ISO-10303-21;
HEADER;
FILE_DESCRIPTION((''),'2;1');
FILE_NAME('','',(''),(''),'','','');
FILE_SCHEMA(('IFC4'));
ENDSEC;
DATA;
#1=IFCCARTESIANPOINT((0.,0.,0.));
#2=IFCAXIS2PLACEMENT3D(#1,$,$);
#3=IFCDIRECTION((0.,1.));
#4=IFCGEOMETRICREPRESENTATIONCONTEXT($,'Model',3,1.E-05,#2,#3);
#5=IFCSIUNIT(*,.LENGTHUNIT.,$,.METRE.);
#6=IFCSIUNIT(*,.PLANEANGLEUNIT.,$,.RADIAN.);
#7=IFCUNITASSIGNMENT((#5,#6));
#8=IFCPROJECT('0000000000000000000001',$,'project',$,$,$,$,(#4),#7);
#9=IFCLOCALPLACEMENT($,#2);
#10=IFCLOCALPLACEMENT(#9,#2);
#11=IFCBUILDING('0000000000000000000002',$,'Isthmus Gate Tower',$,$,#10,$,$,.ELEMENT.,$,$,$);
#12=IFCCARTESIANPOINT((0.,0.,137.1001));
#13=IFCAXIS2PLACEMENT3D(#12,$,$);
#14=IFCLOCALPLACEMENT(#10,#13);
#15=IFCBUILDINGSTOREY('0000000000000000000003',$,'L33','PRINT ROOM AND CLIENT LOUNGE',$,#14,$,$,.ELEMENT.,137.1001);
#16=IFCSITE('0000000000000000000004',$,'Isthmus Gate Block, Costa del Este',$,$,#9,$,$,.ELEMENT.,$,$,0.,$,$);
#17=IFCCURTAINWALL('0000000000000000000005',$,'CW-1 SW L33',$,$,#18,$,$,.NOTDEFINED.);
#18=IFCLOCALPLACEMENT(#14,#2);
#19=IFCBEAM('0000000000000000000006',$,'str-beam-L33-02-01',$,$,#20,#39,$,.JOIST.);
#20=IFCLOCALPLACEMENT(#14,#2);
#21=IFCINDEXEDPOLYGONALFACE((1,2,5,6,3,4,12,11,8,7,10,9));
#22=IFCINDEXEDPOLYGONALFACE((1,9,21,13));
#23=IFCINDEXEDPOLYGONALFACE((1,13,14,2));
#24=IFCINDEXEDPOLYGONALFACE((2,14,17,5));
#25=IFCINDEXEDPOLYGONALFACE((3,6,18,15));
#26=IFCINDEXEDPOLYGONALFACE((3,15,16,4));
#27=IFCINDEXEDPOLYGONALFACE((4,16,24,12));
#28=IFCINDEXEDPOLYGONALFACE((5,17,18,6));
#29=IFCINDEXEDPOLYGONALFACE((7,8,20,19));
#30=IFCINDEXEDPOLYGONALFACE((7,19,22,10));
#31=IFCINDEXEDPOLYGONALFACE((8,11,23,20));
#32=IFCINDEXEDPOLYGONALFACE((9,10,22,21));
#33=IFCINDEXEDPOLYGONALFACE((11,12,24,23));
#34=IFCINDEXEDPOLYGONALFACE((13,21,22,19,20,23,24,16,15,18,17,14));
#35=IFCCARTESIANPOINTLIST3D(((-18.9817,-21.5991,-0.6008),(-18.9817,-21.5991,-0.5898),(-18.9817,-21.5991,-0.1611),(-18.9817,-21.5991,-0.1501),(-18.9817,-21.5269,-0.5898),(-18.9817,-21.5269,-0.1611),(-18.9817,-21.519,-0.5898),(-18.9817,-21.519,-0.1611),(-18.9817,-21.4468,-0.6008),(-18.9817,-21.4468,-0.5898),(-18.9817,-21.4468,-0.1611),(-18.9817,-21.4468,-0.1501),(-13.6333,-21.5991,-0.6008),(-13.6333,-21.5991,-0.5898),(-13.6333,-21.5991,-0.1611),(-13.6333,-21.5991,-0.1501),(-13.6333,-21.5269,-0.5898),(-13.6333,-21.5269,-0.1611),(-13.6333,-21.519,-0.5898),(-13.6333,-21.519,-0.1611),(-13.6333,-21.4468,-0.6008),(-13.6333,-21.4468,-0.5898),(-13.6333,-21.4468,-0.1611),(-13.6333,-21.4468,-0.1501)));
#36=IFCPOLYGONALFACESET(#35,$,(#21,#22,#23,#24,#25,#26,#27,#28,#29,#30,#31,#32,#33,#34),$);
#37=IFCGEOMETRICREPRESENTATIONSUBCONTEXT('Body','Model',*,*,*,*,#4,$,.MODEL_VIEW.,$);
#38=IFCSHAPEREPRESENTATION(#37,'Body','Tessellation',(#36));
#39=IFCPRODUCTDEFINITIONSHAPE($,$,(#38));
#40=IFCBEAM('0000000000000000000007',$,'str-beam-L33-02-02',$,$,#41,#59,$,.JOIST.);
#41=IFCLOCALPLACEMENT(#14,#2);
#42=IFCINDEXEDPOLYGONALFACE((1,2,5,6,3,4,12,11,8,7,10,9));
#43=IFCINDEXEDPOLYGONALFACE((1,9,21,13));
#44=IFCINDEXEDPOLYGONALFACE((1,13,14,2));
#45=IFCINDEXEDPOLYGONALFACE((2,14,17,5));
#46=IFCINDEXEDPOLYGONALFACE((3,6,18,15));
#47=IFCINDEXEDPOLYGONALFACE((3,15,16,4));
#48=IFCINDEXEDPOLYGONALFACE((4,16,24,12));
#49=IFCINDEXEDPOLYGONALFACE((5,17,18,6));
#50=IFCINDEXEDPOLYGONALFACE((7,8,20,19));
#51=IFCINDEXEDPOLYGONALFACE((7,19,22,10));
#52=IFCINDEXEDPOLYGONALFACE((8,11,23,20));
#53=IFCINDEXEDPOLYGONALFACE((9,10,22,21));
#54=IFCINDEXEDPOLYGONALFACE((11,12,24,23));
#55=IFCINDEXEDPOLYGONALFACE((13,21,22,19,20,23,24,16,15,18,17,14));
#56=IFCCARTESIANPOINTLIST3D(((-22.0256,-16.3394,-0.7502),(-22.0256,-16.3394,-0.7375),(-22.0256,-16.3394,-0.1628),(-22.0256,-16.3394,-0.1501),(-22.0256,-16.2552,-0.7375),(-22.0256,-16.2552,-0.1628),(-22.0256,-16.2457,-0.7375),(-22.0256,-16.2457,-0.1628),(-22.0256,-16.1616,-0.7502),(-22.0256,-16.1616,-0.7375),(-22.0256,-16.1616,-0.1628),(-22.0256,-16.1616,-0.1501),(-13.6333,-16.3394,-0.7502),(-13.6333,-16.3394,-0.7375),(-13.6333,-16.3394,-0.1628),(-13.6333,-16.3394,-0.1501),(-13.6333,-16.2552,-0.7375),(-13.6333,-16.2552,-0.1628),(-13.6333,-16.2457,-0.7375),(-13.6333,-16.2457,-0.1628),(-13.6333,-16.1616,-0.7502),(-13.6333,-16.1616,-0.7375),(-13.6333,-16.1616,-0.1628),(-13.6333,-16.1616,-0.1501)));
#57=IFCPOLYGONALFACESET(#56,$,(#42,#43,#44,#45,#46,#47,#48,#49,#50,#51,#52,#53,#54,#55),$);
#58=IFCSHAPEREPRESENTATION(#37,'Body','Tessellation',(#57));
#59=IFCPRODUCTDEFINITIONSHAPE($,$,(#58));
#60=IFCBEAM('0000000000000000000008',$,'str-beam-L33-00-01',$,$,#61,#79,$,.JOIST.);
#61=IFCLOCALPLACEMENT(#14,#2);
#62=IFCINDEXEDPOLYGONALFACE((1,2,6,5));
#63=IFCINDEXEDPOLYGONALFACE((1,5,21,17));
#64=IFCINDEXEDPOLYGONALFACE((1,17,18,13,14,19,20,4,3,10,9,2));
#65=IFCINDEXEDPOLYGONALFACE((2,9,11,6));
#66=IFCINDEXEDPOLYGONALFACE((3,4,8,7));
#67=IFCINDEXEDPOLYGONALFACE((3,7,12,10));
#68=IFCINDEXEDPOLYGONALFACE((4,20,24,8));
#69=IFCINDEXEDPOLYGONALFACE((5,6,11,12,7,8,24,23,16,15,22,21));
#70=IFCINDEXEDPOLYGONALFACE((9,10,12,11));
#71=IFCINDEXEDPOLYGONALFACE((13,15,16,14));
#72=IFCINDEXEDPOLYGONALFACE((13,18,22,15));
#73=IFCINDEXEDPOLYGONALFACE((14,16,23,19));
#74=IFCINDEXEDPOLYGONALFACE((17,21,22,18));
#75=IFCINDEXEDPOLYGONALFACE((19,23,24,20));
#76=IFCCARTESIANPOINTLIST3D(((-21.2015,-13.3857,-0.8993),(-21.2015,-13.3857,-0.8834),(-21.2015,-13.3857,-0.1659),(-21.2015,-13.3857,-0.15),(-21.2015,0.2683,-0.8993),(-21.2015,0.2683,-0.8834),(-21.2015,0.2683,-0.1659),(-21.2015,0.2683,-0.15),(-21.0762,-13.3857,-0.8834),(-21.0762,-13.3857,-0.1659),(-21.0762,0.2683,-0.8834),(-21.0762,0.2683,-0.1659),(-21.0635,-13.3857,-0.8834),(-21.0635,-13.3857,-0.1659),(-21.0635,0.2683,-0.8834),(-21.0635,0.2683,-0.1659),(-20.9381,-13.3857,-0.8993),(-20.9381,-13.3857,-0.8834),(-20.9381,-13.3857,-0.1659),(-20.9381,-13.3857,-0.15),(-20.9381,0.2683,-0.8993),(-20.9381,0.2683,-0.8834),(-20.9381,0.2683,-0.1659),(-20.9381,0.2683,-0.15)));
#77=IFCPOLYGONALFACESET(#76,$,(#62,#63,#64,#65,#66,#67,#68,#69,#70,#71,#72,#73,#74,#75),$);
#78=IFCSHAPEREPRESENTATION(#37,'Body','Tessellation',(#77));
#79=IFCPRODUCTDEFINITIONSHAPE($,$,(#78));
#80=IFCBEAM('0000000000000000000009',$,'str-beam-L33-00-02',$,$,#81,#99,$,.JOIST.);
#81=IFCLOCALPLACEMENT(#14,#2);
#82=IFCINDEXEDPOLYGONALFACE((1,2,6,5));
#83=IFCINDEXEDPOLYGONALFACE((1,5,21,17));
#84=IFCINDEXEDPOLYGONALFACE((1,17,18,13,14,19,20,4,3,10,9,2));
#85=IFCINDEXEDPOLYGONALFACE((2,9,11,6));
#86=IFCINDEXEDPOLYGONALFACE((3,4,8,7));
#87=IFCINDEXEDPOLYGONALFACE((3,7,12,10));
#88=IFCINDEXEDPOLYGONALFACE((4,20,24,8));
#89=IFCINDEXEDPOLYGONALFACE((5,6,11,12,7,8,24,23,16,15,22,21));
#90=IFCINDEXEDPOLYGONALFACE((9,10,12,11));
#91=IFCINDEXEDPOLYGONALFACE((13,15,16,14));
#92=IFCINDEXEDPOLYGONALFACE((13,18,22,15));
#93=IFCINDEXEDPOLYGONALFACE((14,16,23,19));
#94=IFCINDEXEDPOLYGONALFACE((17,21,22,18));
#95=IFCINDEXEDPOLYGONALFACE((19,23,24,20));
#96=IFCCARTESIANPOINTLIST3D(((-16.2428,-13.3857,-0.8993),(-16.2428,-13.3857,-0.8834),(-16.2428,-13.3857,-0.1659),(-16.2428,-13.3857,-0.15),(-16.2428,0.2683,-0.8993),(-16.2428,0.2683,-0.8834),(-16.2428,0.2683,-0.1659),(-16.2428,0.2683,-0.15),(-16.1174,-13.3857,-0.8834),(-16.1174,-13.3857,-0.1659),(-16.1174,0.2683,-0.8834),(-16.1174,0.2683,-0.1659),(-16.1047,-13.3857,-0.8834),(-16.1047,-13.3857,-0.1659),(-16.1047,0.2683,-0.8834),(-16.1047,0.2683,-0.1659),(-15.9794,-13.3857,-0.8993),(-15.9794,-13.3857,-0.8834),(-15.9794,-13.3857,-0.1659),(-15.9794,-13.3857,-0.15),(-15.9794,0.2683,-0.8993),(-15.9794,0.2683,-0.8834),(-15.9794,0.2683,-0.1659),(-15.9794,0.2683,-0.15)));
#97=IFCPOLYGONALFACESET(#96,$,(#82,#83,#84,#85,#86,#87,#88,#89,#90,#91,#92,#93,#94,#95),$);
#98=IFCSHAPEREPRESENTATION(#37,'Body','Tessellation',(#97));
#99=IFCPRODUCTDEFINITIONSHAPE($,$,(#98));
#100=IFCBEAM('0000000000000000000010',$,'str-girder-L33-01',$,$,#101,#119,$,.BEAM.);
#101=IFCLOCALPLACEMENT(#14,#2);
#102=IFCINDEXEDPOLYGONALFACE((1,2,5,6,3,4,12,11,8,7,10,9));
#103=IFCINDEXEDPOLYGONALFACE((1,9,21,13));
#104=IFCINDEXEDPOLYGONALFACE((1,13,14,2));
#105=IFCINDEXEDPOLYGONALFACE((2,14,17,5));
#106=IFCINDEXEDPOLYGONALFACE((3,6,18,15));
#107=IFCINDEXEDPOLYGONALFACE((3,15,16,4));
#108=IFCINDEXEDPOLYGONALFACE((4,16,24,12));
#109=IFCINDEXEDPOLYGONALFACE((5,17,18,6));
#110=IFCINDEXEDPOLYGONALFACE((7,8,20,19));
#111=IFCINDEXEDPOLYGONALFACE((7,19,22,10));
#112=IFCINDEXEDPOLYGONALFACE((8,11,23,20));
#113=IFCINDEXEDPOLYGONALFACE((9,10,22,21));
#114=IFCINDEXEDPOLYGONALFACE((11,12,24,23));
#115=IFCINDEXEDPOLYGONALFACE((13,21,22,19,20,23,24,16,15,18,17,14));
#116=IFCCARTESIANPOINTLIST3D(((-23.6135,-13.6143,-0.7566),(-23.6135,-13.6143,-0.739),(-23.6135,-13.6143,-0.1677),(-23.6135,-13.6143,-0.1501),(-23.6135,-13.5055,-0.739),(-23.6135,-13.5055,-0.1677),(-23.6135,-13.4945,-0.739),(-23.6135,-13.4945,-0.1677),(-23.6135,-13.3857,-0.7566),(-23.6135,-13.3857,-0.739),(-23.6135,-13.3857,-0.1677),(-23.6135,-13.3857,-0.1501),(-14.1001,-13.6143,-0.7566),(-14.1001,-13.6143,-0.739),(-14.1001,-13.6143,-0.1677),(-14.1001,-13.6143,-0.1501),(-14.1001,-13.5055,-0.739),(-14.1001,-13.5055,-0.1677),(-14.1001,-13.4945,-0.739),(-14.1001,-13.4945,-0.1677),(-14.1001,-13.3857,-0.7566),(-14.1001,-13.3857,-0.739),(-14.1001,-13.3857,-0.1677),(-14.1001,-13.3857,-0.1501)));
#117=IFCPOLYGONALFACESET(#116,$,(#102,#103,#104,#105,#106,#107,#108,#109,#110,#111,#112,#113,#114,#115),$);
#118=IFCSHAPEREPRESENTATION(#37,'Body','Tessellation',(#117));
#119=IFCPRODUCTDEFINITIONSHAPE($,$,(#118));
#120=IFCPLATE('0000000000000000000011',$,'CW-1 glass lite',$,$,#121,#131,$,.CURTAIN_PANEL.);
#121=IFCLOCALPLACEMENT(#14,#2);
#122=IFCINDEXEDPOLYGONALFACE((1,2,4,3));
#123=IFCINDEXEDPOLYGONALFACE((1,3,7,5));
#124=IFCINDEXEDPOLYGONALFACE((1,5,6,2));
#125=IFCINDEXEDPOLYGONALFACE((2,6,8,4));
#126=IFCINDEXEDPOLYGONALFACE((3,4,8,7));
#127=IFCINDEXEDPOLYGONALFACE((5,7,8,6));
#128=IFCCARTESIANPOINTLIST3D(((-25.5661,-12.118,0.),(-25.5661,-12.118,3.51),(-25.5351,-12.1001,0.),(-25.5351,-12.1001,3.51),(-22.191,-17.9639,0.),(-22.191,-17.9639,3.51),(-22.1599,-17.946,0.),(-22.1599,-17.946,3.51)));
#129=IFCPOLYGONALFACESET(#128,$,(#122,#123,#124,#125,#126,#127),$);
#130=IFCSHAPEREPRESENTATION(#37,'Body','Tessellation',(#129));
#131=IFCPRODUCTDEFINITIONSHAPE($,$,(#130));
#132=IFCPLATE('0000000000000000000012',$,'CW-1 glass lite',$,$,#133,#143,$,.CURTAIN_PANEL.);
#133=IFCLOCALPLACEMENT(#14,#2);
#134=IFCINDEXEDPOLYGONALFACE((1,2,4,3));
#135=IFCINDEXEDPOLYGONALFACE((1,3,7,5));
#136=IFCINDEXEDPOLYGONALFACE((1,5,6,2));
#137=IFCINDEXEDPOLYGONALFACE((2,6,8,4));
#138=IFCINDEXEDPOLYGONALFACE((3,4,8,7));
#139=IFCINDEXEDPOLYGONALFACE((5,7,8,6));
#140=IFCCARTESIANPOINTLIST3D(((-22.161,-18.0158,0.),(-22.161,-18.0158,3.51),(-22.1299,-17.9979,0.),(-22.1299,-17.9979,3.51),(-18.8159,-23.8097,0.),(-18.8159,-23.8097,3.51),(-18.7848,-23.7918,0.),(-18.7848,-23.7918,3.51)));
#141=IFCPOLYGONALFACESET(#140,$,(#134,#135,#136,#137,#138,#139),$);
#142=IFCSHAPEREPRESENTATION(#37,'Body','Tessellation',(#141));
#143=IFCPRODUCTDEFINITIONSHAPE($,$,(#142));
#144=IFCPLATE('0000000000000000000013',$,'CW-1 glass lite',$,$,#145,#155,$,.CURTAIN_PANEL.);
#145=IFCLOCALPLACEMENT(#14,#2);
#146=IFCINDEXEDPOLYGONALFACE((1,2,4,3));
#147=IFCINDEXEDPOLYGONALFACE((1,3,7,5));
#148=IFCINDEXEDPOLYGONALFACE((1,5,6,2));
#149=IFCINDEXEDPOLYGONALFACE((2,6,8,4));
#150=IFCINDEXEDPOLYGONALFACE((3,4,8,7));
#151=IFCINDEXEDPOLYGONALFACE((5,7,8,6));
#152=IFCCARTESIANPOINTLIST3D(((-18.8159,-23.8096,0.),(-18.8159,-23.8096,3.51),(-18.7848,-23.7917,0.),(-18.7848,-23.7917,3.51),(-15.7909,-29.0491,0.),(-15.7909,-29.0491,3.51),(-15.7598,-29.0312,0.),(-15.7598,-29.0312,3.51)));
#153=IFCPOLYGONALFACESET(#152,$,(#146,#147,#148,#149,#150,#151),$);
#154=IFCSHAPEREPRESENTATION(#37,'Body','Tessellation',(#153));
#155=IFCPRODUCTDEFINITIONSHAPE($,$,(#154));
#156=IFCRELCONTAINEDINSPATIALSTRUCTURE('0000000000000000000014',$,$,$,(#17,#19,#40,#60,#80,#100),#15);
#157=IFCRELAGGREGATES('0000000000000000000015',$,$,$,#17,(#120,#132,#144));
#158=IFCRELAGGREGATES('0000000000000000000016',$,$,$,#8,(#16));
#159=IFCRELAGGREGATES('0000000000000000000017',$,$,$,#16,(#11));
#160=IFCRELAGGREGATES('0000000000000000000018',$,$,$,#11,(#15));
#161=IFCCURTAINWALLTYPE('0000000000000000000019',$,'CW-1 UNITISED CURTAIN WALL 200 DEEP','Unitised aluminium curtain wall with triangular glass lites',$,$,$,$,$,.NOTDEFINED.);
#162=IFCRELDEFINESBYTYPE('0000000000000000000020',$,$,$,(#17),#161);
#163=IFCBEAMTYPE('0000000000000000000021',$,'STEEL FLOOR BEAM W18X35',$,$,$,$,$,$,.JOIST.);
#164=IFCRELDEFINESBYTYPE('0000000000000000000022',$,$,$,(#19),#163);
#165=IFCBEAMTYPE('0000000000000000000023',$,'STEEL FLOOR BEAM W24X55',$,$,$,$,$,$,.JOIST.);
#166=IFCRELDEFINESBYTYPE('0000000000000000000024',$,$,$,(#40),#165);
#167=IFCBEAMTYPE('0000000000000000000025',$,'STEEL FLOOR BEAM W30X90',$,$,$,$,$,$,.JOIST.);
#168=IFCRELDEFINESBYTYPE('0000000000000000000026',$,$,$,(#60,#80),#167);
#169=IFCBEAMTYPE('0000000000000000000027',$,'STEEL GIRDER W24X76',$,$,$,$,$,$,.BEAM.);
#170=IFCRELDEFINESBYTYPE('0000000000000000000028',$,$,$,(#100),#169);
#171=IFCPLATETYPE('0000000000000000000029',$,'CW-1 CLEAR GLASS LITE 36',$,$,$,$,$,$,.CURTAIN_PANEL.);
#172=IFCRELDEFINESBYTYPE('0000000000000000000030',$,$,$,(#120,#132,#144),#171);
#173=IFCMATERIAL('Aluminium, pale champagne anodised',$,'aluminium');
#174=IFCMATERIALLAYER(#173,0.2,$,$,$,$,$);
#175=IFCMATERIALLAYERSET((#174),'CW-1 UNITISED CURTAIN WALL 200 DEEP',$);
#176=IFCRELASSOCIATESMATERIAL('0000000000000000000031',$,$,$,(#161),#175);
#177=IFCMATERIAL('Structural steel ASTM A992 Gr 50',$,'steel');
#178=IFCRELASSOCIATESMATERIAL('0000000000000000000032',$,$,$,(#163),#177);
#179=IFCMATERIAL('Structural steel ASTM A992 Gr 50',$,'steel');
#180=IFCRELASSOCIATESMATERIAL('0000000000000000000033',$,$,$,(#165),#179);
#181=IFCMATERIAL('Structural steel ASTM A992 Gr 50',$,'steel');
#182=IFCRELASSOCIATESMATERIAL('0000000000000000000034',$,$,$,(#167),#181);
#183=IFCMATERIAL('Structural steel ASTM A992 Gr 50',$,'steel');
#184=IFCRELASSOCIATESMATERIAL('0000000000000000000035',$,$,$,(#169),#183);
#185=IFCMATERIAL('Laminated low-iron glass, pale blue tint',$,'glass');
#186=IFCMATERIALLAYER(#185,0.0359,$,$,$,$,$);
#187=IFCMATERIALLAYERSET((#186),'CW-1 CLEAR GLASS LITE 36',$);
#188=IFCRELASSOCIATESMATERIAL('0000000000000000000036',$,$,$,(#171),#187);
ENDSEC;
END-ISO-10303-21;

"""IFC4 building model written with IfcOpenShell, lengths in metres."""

from ifc_helpers import new_model, si_unit, direction, frame, origin, origin_2d, place, context, subcontext, project, spatial, rectangle, i_section, extrude, material, layer, layer_set, material_profile, profile_set, type_object, element, aggregate, save


model = new_model("IFC4")

# Units and contexts
model_context = context("Model", 3, precision=1e-05, world=origin(), true_north=direction((0.0, 1.0)))
body_context = subcontext(model_context, "Body", "Model", "MODEL_VIEW")
ifc_project = project(units=[si_unit("LENGTHUNIT", "METRE"), si_unit("PLANEANGLEUNIT", "RADIAN")], contexts=[model_context])

# Site, building, storey
site_placement = place(None, origin())
site = spatial("IfcSite", under=ifc_project, at=site_placement, Name="Isthmus Gate Block, Costa del Este", CompositionType="ELEMENT", RefElevation=0.0)
building_placement = place(site_placement, origin())
building = spatial("IfcBuilding", under=site, at=building_placement, Name="Isthmus Gate Tower", CompositionType="ELEMENT")
storey_placement = place(building_placement, frame((0.0, 0.0, 137.1001)))
storey = spatial("IfcBuildingStorey", under=building, at=storey_placement, Name="L33", Description="PRINT ROOM AND CLIENT LOUNGE", CompositionType="ELEMENT", Elevation=137.1001)

# Curtain wall
ifc_material_1 = material(Name="Aluminium, pale champagne anodised", Category="aluminium")
ifc_layer_1 = layer(ifc_material_1, 0.2)
ifc_layer_set_1 = layer_set([ifc_layer_1], Name="CW-1 UNITISED CURTAIN WALL 200 DEEP")
curtain_wall_type = type_object("IfcCurtainWallType", Name="CW-1 UNITISED CURTAIN WALL 200 DEEP", Description="Unitised aluminium curtain wall with triangular glass lites", PredefinedType="NOTDEFINED", material=ifc_layer_set_1)
curtain_wall_1_placement = place(storey_placement, origin())
curtain_wall_1 = element("IfcCurtainWall", 1, at=curtain_wall_1_placement, inside=storey, type_object=curtain_wall_type, Name="CW-1 SW L33", PredefinedType="NOTDEFINED")

# Beams
ifc_material_2 = material(Name="Structural steel ASTM A992 Gr 50", Category="steel")
ifc_material_profile_1 = material_profile(ifc_material_2, i_section(OverallWidth=0.1523, OverallDepth=0.4507, WebThickness=0.0078, FlangeThickness=0.011, at=origin_2d()), Name="W18X35")
ifc_profile_set_1 = profile_set([ifc_material_profile_1], Name="Structural steel ASTM A992 Gr 50")
beam_type_1 = type_object("IfcBeamType", Name="STEEL FLOOR BEAM W18X35", PredefinedType="JOIST", material=ifc_profile_set_1)
beam_1_placement = place(storey_placement, frame((-18.9817, -21.5229, -0.3755), z_axis=(1.0, 0.0, 0.0), x_axis=(0.0, 1.0, 0.0)))
element("IfcBeam", 2, at=beam_1_placement, inside=storey, type_object=beam_type_1, Name="str-beam-L33-02-01", PredefinedType="JOIST", context=body_context, shape_type="SweptSolid", body=[
    extrude(i_section(OverallWidth=0.1523, OverallDepth=0.4507, WebThickness=0.0078, FlangeThickness=0.011, at=origin_2d()), origin(), (0.0, 0.0, 1.0), 5.3484),
])
ifc_material_3 = material(Name="Structural steel ASTM A992 Gr 50", Category="steel")
ifc_material_profile_2 = material_profile(ifc_material_3, i_section(OverallWidth=0.1777, OverallDepth=0.6001, WebThickness=0.0095, FlangeThickness=0.0127, at=origin_2d()), Name="W24X55")
ifc_profile_set_2 = profile_set([ifc_material_profile_2], Name="Structural steel ASTM A992 Gr 50")
beam_type_2 = type_object("IfcBeamType", Name="STEEL FLOOR BEAM W24X55", PredefinedType="JOIST", material=ifc_profile_set_2)
beam_2_placement = place(storey_placement, frame((-22.0256, -16.2505, -0.4502), z_axis=(1.0, 0.0, 0.0), x_axis=(0.0, 1.0, 0.0)))
element("IfcBeam", 3, at=beam_2_placement, inside=storey, type_object=beam_type_2, Name="str-beam-L33-02-02", PredefinedType="JOIST", context=body_context, shape_type="SweptSolid", body=[
    extrude(i_section(OverallWidth=0.1777, OverallDepth=0.6001, WebThickness=0.0095, FlangeThickness=0.0127, at=origin_2d()), origin(), (0.0, 0.0, 1.0), 8.3923),
])
ifc_material_4 = material(Name="Structural steel ASTM A992 Gr 50", Category="steel")
ifc_material_profile_3 = material_profile(ifc_material_4, i_section(OverallWidth=0.2634, OverallDepth=0.7493, WebThickness=0.0127, FlangeThickness=0.0159, at=origin_2d()), Name="W30X90")
ifc_profile_set_3 = profile_set([ifc_material_profile_3], Name="Structural steel ASTM A992 Gr 50")
beam_type_3 = type_object("IfcBeamType", Name="STEEL FLOOR BEAM W30X90", PredefinedType="JOIST", material=ifc_profile_set_3)
for number, where, z_axis, x_axis, name in (
    (4, (-21.0698, -13.3857, -0.5247), (0.0, 1.0, 0.0), (-1.0, 0.0, 0.0), "str-beam-L33-00-01"),
    (5, (-16.1111, -13.3857, -0.5247), (0.0, 1.0, 0.0), (-1.0, 0.0, 0.0), "str-beam-L33-00-02"),
):
    element("IfcBeam", number, at=place(storey_placement, frame(where, z_axis=z_axis, x_axis=x_axis)), inside=storey, type_object=beam_type_3, Name=name, PredefinedType="JOIST", context=body_context, shape_type="SweptSolid", body=[
        extrude(i_section(OverallWidth=0.2634, OverallDepth=0.7493, WebThickness=0.0127, FlangeThickness=0.0159, at=origin_2d()), origin(), (0.0, 0.0, 1.0), 13.6541),
    ])
ifc_material_5 = material(Name="Structural steel ASTM A992 Gr 50", Category="steel")
ifc_material_profile_4 = material_profile(ifc_material_5, i_section(OverallWidth=0.2285, OverallDepth=0.6064, WebThickness=0.011, FlangeThickness=0.0176, at=origin_2d()), Name="W24X76")
ifc_profile_set_4 = profile_set([ifc_material_profile_4], Name="Structural steel ASTM A992 Gr 50")
beam_type_4 = type_object("IfcBeamType", Name="STEEL GIRDER W24X76", PredefinedType="BEAM", material=ifc_profile_set_4)
beam_3_placement = place(storey_placement, frame((-23.6135, -13.5, -0.4534), z_axis=(1.0, 0.0, 0.0), x_axis=(0.0, 1.0, 0.0)))
element("IfcBeam", 6, at=beam_3_placement, inside=storey, type_object=beam_type_4, Name="str-girder-L33-01", PredefinedType="BEAM", context=body_context, shape_type="SweptSolid", body=[
    extrude(i_section(OverallWidth=0.2285, OverallDepth=0.6064, WebThickness=0.011, FlangeThickness=0.0176, at=origin_2d()), origin(), (0.0, 0.0, 1.0), 9.5134),
])

# Plates
ifc_material_6 = material(Name="Laminated low-iron glass, pale blue tint", Category="glass")
ifc_layer_2 = layer(ifc_material_6, 0.0359)
ifc_layer_set_2 = layer_set([ifc_layer_2], Name="CW-1 CLEAR GLASS LITE 36")
plate_type = type_object("IfcPlateType", Name="CW-1 CLEAR GLASS LITE 36", PredefinedType="CURTAIN_PANEL", material=ifc_layer_set_2)
plate_1_placement = place(storey_placement, frame((-23.863, -15.032, 0.0), z_axis=(0.0, 0.0, 1.0), x_axis=(0.5, -0.866025, 0.0)))
plate_1 = element("IfcPlate", 7, at=plate_1_placement, type_object=plate_type, Name="CW-1 glass lite", PredefinedType="CURTAIN_PANEL", context=body_context, shape_type="SweptSolid", body=[
    extrude(rectangle(XDim=6.7502, YDim=0.0359, at=origin_2d()), origin(), (0.0, 0.0, 1.0), 3.51),
])
plate_2_placement = place(storey_placement, frame((-20.4729, -20.9038, 0.0), z_axis=(0.0, 0.0, 1.0), x_axis=(0.5, -0.866025, 0.0)))
plate_2 = element("IfcPlate", 8, at=plate_2_placement, type_object=plate_type, Name="CW-1 glass lite", PredefinedType="CURTAIN_PANEL", context=body_context, shape_type="SweptSolid", body=[
    extrude(rectangle(XDim=6.6902, YDim=0.0359, at=origin_2d()), origin(), (0.0, 0.0, 1.0), 3.51),
])
plate_3_placement = place(storey_placement, frame((-17.2878, -26.4204, 0.0), z_axis=(0.0, 0.0, 1.0), x_axis=(0.5, -0.866025, 0.0)))
plate_3 = element("IfcPlate", 9, at=plate_3_placement, type_object=plate_type, Name="CW-1 glass lite", PredefinedType="CURTAIN_PANEL", context=body_context, shape_type="SweptSolid", body=[
    extrude(rectangle(XDim=6.05, YDim=0.0359, at=origin_2d()), origin(), (0.0, 0.0, 1.0), 3.51),
])
aggregate(curtain_wall_1, [plate_1, plate_2, plate_3])

save(model, "model.ifc")
